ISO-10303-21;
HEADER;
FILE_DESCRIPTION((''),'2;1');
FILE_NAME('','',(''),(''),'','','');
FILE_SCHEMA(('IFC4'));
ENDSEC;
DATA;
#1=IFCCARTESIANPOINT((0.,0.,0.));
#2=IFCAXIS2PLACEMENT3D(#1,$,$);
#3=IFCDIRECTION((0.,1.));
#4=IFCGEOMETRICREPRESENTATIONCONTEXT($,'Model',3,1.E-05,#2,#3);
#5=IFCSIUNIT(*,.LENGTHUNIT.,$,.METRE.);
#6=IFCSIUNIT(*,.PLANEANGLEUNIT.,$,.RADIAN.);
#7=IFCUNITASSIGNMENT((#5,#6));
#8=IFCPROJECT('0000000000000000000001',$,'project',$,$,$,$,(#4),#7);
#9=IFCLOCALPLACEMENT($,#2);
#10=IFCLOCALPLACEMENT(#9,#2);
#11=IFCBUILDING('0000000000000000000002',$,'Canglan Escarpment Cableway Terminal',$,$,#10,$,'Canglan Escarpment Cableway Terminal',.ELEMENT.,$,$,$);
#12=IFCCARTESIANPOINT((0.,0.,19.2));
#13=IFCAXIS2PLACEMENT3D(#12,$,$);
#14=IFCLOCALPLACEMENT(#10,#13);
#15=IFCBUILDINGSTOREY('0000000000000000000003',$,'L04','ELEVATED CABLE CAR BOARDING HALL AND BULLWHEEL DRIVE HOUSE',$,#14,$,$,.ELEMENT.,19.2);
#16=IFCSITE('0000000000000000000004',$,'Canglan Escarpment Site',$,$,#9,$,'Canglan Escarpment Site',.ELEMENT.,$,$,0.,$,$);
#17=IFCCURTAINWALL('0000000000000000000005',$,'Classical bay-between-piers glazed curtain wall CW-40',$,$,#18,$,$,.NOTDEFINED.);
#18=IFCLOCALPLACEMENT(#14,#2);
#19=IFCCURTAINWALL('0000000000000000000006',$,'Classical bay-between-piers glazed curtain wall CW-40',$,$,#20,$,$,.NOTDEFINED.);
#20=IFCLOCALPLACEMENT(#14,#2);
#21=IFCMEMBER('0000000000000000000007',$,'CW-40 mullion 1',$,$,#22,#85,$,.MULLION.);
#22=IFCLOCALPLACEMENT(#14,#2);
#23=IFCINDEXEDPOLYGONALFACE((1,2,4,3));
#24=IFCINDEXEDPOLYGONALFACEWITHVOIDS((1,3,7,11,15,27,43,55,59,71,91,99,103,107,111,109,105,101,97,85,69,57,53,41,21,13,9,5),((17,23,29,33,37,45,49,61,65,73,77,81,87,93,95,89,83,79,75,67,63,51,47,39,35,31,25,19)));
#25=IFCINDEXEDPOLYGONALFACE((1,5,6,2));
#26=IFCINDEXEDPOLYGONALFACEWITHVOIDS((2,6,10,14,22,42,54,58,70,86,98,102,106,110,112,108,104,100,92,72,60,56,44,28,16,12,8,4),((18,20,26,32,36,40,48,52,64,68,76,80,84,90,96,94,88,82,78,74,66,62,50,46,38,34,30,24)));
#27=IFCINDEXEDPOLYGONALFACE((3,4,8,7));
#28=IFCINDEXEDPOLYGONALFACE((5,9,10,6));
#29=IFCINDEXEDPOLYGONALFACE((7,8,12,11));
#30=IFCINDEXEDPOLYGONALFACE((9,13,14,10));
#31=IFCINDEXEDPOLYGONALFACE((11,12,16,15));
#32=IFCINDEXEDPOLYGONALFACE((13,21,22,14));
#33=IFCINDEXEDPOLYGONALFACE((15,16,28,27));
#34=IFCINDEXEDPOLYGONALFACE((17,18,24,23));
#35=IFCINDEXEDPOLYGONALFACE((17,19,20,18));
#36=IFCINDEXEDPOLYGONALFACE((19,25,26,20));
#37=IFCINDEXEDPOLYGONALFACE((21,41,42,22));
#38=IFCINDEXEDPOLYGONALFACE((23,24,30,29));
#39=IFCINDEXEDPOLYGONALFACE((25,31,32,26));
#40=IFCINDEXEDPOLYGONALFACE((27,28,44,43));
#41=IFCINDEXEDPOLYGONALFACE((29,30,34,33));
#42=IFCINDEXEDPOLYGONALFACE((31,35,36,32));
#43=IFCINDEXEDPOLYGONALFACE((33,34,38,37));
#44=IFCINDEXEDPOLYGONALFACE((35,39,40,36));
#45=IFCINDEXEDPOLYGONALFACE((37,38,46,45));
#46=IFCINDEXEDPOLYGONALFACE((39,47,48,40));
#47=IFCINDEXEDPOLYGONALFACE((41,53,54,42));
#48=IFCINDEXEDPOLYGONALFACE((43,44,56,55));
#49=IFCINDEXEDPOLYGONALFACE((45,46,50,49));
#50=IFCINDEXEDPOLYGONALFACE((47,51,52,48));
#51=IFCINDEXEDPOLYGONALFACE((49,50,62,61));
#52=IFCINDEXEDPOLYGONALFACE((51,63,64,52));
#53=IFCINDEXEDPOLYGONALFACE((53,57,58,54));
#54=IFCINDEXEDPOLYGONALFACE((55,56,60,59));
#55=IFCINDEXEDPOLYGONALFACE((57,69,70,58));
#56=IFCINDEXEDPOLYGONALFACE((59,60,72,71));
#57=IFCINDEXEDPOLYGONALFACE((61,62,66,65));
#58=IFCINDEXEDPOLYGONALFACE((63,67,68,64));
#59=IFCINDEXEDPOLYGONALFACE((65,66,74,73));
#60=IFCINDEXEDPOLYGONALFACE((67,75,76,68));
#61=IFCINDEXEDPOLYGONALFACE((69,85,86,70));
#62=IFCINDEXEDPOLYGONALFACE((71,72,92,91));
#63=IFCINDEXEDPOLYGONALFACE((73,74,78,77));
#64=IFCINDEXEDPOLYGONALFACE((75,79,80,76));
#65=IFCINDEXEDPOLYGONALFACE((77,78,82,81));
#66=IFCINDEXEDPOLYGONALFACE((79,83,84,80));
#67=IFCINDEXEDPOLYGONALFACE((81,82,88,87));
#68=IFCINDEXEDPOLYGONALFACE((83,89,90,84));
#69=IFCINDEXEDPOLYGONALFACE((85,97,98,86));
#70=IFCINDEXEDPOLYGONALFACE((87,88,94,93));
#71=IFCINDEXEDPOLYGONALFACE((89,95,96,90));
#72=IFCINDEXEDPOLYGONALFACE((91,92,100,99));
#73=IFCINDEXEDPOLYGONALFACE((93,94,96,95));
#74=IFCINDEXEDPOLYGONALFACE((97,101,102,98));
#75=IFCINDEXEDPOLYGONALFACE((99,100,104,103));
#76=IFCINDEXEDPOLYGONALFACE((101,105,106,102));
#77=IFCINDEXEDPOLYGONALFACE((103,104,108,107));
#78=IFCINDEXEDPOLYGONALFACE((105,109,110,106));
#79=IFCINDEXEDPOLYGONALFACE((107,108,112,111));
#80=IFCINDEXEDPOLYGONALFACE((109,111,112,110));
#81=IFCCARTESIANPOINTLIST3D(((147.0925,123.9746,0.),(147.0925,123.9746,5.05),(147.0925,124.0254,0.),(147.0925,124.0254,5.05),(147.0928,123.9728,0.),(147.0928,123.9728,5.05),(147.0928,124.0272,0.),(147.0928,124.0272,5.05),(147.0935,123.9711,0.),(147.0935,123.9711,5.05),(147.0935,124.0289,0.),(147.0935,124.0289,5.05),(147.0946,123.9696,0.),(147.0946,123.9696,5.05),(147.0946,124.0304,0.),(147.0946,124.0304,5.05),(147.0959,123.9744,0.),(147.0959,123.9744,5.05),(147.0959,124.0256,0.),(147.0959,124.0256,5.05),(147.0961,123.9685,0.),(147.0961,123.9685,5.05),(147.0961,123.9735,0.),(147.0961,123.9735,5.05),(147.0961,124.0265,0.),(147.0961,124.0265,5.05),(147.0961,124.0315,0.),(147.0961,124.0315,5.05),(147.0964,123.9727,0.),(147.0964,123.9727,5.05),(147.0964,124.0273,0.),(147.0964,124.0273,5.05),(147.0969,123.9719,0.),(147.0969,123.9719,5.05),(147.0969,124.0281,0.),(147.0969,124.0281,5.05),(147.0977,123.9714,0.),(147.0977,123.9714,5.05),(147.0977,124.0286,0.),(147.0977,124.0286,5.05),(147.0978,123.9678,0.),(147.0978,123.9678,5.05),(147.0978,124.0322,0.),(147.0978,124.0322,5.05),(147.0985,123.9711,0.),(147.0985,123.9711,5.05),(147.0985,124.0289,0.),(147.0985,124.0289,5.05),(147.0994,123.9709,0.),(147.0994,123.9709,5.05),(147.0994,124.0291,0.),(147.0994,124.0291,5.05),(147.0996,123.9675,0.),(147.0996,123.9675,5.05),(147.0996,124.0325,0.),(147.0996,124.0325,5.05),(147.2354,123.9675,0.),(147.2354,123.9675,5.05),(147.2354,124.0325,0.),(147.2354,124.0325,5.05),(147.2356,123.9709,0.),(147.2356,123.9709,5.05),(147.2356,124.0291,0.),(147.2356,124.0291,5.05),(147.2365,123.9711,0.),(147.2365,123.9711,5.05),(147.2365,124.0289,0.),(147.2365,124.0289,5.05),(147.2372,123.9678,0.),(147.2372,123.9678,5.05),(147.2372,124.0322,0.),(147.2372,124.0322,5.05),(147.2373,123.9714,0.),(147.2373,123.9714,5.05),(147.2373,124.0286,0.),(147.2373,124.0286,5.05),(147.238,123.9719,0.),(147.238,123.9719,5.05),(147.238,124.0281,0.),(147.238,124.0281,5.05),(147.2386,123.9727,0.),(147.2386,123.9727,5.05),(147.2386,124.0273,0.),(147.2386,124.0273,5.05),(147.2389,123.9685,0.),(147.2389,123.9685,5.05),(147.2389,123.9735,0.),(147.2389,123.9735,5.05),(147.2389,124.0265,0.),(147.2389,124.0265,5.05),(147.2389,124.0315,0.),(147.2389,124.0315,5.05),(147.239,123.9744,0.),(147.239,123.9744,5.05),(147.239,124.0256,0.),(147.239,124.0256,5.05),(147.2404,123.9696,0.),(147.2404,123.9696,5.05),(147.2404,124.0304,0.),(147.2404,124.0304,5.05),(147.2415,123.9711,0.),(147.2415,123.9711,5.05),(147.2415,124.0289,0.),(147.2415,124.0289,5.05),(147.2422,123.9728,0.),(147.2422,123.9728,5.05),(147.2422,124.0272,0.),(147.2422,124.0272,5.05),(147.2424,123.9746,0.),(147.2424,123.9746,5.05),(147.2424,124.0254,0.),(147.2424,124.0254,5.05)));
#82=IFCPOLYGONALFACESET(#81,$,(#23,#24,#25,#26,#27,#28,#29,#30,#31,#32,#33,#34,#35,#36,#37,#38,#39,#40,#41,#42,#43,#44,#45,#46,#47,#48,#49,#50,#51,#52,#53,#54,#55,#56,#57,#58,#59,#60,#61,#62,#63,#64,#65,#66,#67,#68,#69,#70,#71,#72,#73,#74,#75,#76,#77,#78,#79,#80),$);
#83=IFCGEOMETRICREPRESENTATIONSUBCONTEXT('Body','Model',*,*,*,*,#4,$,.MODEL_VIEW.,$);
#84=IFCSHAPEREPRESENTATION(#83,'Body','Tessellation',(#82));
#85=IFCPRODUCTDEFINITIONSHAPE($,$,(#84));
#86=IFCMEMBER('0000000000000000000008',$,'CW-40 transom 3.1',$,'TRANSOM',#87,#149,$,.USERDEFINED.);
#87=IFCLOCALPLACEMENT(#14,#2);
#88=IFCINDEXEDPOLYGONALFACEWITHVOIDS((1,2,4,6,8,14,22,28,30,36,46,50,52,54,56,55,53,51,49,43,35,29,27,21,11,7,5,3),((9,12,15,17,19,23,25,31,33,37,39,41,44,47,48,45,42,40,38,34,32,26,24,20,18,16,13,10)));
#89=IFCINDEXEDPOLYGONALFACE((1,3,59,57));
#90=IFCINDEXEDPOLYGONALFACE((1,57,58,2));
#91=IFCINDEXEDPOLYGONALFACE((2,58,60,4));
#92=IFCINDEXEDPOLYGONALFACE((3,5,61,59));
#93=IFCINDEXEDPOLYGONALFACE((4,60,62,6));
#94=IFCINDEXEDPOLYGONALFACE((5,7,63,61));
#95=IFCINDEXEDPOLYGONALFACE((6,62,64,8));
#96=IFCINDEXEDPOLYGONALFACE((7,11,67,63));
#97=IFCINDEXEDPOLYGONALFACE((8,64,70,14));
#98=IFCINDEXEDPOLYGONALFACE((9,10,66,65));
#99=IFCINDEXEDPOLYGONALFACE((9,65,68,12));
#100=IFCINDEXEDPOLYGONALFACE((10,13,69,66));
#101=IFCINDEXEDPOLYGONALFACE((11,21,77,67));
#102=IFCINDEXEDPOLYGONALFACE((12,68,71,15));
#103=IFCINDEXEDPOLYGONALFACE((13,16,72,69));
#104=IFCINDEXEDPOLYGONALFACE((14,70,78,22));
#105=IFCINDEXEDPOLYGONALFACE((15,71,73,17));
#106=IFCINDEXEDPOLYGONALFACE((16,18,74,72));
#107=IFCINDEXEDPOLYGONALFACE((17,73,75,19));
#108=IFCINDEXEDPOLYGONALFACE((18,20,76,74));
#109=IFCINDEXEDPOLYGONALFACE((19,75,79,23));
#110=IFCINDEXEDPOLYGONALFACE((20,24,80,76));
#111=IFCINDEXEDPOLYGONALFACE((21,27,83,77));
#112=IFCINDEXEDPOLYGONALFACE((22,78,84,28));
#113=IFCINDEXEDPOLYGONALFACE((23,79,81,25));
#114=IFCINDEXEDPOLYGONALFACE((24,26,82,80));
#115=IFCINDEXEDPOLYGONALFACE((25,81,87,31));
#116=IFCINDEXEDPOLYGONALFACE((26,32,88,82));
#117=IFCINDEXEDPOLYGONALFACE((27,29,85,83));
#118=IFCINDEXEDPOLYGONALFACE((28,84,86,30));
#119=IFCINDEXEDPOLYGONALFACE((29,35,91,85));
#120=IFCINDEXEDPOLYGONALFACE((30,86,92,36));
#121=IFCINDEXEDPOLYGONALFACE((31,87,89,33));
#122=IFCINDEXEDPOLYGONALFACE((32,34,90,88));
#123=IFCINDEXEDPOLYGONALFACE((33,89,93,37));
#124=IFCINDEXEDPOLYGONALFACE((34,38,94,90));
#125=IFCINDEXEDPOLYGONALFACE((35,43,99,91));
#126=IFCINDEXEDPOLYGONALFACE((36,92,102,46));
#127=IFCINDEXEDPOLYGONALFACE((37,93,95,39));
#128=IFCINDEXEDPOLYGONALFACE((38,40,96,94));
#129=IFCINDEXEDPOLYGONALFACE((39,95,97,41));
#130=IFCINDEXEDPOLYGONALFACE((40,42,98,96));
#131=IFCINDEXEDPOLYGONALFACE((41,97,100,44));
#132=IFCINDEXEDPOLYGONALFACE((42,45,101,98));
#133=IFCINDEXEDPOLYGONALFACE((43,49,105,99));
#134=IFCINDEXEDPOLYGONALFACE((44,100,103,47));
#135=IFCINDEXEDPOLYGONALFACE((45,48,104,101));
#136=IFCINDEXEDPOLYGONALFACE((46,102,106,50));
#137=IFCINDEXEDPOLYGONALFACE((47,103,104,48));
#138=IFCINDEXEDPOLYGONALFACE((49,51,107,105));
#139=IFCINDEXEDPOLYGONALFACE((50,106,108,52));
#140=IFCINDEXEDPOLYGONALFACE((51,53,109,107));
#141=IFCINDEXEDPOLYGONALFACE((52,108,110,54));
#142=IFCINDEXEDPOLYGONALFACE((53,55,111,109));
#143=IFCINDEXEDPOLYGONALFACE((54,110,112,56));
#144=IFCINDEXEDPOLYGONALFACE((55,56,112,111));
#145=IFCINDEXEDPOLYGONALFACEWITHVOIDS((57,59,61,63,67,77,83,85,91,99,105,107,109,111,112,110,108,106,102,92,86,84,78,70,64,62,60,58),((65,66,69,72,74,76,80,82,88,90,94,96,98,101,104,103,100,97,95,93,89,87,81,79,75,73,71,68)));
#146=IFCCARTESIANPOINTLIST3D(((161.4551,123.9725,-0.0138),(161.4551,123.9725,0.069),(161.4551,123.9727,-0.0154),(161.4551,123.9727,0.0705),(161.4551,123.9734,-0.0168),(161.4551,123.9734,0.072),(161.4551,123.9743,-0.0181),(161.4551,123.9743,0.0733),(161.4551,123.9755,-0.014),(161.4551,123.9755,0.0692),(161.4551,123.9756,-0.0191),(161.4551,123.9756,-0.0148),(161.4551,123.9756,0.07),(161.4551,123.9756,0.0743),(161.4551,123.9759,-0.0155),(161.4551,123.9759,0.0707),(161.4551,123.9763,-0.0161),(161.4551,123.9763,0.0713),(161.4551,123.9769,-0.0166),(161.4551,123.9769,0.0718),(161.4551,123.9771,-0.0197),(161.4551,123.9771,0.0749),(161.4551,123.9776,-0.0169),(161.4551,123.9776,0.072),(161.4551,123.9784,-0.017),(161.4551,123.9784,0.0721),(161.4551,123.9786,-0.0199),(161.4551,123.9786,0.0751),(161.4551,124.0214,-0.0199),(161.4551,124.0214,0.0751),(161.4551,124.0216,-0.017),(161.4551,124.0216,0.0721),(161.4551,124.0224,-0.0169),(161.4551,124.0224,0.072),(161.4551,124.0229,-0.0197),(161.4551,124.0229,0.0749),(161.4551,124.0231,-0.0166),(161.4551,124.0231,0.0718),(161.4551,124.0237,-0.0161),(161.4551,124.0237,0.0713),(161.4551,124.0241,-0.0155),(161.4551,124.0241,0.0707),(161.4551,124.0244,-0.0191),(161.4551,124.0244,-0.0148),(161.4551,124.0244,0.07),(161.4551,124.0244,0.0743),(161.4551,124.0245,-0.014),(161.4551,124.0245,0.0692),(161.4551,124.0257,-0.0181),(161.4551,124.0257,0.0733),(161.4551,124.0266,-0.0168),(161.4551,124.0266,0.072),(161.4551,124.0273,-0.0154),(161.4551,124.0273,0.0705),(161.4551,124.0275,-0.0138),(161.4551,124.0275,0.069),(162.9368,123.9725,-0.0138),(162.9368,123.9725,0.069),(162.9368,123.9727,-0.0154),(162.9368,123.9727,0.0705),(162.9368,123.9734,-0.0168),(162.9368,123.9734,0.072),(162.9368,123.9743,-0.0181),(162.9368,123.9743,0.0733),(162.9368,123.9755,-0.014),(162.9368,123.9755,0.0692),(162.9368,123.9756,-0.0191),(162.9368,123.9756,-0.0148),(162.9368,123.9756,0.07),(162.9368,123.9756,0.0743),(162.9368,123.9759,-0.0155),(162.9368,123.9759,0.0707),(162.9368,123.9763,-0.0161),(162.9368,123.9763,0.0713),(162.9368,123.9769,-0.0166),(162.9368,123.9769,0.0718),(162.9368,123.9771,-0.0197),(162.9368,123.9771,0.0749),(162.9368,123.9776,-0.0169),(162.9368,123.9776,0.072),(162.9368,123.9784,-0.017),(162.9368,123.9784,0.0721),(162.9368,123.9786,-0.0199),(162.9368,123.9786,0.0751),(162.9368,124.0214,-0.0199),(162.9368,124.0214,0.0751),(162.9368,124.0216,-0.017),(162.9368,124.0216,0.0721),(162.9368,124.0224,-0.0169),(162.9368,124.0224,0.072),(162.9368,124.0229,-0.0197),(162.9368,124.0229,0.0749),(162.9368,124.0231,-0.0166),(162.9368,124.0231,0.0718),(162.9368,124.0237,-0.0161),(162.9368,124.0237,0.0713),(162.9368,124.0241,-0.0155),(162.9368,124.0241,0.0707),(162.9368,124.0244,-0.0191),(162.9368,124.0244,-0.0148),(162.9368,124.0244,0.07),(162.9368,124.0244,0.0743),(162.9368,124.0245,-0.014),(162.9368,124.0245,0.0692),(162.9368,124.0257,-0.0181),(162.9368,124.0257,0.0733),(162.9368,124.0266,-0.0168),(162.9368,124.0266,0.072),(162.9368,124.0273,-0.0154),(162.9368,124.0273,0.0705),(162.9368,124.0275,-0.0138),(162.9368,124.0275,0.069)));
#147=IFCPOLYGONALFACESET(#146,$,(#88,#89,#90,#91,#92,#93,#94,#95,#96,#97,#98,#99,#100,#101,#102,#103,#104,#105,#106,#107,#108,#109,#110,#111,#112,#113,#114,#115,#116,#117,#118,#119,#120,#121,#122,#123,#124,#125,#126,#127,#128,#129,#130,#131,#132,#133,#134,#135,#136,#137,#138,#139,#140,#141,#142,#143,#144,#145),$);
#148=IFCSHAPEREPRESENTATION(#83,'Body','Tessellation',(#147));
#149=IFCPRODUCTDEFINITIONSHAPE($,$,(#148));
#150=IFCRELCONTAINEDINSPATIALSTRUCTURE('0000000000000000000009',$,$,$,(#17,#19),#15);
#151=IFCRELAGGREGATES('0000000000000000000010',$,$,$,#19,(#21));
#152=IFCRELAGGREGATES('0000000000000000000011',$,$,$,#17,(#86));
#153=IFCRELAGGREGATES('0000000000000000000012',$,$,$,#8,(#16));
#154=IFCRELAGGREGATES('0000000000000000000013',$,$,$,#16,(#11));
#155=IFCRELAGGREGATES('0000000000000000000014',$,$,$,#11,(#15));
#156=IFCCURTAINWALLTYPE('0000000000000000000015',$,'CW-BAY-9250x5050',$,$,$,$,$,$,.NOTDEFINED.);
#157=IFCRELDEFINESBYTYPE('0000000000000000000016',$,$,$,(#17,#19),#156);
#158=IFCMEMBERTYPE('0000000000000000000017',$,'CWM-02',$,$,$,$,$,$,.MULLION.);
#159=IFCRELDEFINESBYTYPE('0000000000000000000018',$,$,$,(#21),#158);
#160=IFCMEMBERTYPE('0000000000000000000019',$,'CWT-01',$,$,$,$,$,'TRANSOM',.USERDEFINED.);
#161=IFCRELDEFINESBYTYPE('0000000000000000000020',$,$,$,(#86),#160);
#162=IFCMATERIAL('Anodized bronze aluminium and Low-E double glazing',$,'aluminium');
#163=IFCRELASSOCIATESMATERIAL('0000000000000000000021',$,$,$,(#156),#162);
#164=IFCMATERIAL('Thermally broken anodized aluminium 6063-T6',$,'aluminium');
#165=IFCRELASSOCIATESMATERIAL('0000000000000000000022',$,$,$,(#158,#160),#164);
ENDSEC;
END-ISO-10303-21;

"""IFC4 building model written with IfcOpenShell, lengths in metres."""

from ifc_helpers import new_model, si_unit, direction, frame, origin, origin_2d, place, context, subcontext, project, spatial, hollow_rectangle, extrude, material, material_profile, profile_set, type_object, element, aggregate, save


model = new_model("IFC4")

# Units and contexts
model_context = context("Model", 3, precision=1e-05, world=origin(), true_north=direction((0.0, 1.0)))
body_context = subcontext(model_context, "Body", "Model", "MODEL_VIEW")
ifc_project = project(units=[si_unit("LENGTHUNIT", "METRE"), si_unit("PLANEANGLEUNIT", "RADIAN")], contexts=[model_context])

# Site, building, storey
site_placement = place(None, origin())
site = spatial("IfcSite", under=ifc_project, at=site_placement, Name="Canglan Escarpment Site", LongName="Canglan Escarpment Site", CompositionType="ELEMENT", RefElevation=0.0)
building_placement = place(site_placement, origin())
building = spatial("IfcBuilding", under=site, at=building_placement, Name="Canglan Escarpment Cableway Terminal", LongName="Canglan Escarpment Cableway Terminal", CompositionType="ELEMENT")
storey_placement = place(building_placement, frame((0.0, 0.0, 19.2)))
storey = spatial("IfcBuildingStorey", under=building, at=storey_placement, Name="L04", Description="ELEVATED CABLE CAR BOARDING HALL AND BULLWHEEL DRIVE HOUSE", CompositionType="ELEMENT", Elevation=19.2)

# Curtain wall
ifc_material_1 = material(Name="Anodized bronze aluminium and Low-E double glazing", Category="aluminium")
curtain_wall_type = type_object("IfcCurtainWallType", Name="CW-BAY-9250x5050", PredefinedType="NOTDEFINED", material=ifc_material_1)
curtain_wall_1_placement = place(storey_placement, origin())
curtain_wall_1 = element("IfcCurtainWall", 1, at=curtain_wall_1_placement, inside=storey, type_object=curtain_wall_type, Name="Classical bay-between-piers glazed curtain wall CW-40", PredefinedType="NOTDEFINED")
ifc_material_2 = material(Name="Thermally broken anodized aluminium 6063-T6", Category="aluminium")

# Curtain wall, member
curtain_wall_2_placement = place(storey_placement, origin())
curtain_wall_2 = element("IfcCurtainWall", 2, at=curtain_wall_2_placement, inside=storey, type_object=curtain_wall_type, Name="Classical bay-between-piers glazed curtain wall CW-40", PredefinedType="NOTDEFINED")
ifc_material_profile_1 = material_profile(ifc_material_2, hollow_rectangle(XDim=0.0649, YDim=0.1499, WallThickness=0.0034, InnerFilletRadius=0.0034, OuterFilletRadius=0.0071, at=origin_2d()), Name="ALU-MULL 65x150x3.5")
ifc_profile_set_1 = profile_set([ifc_material_profile_1], Name="Thermally broken anodized aluminium 6063-T6")
member_type_1 = type_object("IfcMemberType", Name="CWM-02", PredefinedType="MULLION", material=ifc_profile_set_1)
member_1_placement = place(storey_placement, frame((147.1675, 124.0, 0.0), z_axis=(0.0, 0.0, 1.0), x_axis=(0.0, -1.0, 0.0)))
member_1 = element("IfcMember", 3, at=member_1_placement, type_object=member_type_1, Name="CW-40 mullion 1", PredefinedType="MULLION", context=body_context, shape_type="SweptSolid", body=[
    extrude(hollow_rectangle(XDim=0.0649, YDim=0.1499, WallThickness=0.0034, InnerFilletRadius=0.0034, OuterFilletRadius=0.0071, at=origin_2d()), origin(), (0.0, 0.0, 1.0), 5.05),
])
aggregate(curtain_wall_2, [member_1])

# Member
ifc_material_profile_2 = material_profile(ifc_material_2, hollow_rectangle(XDim=0.0549, YDim=0.095, WallThickness=0.0029, InnerFilletRadius=0.0029, OuterFilletRadius=0.0061, at=origin_2d()), Name="ALU-TRAN 55x95x3")
ifc_profile_set_2 = profile_set([ifc_material_profile_2], Name="Thermally broken anodized aluminium 6063-T6")
member_type_2 = type_object("IfcMemberType", Name="CWT-01", ElementType="TRANSOM", PredefinedType="USERDEFINED", material=ifc_profile_set_2)
member_2_placement = place(storey_placement, frame((162.9368, 124.0, 0.0276), z_axis=(-1.0, 0.0, 0.0), x_axis=(0.0, -1.0, 0.0)))
member_2 = element("IfcMember", 4, at=member_2_placement, type_object=member_type_2, Name="CW-40 transom 3.1", ObjectType="TRANSOM", PredefinedType="USERDEFINED", context=body_context, shape_type="SweptSolid", body=[
    extrude(hollow_rectangle(XDim=0.0549, YDim=0.095, WallThickness=0.0029, InnerFilletRadius=0.0029, OuterFilletRadius=0.0061, at=origin_2d()), origin(), (0.0, 0.0, 1.0), 1.4817),
])

aggregate(curtain_wall_1, [member_2])

save(model, "model.ifc")
